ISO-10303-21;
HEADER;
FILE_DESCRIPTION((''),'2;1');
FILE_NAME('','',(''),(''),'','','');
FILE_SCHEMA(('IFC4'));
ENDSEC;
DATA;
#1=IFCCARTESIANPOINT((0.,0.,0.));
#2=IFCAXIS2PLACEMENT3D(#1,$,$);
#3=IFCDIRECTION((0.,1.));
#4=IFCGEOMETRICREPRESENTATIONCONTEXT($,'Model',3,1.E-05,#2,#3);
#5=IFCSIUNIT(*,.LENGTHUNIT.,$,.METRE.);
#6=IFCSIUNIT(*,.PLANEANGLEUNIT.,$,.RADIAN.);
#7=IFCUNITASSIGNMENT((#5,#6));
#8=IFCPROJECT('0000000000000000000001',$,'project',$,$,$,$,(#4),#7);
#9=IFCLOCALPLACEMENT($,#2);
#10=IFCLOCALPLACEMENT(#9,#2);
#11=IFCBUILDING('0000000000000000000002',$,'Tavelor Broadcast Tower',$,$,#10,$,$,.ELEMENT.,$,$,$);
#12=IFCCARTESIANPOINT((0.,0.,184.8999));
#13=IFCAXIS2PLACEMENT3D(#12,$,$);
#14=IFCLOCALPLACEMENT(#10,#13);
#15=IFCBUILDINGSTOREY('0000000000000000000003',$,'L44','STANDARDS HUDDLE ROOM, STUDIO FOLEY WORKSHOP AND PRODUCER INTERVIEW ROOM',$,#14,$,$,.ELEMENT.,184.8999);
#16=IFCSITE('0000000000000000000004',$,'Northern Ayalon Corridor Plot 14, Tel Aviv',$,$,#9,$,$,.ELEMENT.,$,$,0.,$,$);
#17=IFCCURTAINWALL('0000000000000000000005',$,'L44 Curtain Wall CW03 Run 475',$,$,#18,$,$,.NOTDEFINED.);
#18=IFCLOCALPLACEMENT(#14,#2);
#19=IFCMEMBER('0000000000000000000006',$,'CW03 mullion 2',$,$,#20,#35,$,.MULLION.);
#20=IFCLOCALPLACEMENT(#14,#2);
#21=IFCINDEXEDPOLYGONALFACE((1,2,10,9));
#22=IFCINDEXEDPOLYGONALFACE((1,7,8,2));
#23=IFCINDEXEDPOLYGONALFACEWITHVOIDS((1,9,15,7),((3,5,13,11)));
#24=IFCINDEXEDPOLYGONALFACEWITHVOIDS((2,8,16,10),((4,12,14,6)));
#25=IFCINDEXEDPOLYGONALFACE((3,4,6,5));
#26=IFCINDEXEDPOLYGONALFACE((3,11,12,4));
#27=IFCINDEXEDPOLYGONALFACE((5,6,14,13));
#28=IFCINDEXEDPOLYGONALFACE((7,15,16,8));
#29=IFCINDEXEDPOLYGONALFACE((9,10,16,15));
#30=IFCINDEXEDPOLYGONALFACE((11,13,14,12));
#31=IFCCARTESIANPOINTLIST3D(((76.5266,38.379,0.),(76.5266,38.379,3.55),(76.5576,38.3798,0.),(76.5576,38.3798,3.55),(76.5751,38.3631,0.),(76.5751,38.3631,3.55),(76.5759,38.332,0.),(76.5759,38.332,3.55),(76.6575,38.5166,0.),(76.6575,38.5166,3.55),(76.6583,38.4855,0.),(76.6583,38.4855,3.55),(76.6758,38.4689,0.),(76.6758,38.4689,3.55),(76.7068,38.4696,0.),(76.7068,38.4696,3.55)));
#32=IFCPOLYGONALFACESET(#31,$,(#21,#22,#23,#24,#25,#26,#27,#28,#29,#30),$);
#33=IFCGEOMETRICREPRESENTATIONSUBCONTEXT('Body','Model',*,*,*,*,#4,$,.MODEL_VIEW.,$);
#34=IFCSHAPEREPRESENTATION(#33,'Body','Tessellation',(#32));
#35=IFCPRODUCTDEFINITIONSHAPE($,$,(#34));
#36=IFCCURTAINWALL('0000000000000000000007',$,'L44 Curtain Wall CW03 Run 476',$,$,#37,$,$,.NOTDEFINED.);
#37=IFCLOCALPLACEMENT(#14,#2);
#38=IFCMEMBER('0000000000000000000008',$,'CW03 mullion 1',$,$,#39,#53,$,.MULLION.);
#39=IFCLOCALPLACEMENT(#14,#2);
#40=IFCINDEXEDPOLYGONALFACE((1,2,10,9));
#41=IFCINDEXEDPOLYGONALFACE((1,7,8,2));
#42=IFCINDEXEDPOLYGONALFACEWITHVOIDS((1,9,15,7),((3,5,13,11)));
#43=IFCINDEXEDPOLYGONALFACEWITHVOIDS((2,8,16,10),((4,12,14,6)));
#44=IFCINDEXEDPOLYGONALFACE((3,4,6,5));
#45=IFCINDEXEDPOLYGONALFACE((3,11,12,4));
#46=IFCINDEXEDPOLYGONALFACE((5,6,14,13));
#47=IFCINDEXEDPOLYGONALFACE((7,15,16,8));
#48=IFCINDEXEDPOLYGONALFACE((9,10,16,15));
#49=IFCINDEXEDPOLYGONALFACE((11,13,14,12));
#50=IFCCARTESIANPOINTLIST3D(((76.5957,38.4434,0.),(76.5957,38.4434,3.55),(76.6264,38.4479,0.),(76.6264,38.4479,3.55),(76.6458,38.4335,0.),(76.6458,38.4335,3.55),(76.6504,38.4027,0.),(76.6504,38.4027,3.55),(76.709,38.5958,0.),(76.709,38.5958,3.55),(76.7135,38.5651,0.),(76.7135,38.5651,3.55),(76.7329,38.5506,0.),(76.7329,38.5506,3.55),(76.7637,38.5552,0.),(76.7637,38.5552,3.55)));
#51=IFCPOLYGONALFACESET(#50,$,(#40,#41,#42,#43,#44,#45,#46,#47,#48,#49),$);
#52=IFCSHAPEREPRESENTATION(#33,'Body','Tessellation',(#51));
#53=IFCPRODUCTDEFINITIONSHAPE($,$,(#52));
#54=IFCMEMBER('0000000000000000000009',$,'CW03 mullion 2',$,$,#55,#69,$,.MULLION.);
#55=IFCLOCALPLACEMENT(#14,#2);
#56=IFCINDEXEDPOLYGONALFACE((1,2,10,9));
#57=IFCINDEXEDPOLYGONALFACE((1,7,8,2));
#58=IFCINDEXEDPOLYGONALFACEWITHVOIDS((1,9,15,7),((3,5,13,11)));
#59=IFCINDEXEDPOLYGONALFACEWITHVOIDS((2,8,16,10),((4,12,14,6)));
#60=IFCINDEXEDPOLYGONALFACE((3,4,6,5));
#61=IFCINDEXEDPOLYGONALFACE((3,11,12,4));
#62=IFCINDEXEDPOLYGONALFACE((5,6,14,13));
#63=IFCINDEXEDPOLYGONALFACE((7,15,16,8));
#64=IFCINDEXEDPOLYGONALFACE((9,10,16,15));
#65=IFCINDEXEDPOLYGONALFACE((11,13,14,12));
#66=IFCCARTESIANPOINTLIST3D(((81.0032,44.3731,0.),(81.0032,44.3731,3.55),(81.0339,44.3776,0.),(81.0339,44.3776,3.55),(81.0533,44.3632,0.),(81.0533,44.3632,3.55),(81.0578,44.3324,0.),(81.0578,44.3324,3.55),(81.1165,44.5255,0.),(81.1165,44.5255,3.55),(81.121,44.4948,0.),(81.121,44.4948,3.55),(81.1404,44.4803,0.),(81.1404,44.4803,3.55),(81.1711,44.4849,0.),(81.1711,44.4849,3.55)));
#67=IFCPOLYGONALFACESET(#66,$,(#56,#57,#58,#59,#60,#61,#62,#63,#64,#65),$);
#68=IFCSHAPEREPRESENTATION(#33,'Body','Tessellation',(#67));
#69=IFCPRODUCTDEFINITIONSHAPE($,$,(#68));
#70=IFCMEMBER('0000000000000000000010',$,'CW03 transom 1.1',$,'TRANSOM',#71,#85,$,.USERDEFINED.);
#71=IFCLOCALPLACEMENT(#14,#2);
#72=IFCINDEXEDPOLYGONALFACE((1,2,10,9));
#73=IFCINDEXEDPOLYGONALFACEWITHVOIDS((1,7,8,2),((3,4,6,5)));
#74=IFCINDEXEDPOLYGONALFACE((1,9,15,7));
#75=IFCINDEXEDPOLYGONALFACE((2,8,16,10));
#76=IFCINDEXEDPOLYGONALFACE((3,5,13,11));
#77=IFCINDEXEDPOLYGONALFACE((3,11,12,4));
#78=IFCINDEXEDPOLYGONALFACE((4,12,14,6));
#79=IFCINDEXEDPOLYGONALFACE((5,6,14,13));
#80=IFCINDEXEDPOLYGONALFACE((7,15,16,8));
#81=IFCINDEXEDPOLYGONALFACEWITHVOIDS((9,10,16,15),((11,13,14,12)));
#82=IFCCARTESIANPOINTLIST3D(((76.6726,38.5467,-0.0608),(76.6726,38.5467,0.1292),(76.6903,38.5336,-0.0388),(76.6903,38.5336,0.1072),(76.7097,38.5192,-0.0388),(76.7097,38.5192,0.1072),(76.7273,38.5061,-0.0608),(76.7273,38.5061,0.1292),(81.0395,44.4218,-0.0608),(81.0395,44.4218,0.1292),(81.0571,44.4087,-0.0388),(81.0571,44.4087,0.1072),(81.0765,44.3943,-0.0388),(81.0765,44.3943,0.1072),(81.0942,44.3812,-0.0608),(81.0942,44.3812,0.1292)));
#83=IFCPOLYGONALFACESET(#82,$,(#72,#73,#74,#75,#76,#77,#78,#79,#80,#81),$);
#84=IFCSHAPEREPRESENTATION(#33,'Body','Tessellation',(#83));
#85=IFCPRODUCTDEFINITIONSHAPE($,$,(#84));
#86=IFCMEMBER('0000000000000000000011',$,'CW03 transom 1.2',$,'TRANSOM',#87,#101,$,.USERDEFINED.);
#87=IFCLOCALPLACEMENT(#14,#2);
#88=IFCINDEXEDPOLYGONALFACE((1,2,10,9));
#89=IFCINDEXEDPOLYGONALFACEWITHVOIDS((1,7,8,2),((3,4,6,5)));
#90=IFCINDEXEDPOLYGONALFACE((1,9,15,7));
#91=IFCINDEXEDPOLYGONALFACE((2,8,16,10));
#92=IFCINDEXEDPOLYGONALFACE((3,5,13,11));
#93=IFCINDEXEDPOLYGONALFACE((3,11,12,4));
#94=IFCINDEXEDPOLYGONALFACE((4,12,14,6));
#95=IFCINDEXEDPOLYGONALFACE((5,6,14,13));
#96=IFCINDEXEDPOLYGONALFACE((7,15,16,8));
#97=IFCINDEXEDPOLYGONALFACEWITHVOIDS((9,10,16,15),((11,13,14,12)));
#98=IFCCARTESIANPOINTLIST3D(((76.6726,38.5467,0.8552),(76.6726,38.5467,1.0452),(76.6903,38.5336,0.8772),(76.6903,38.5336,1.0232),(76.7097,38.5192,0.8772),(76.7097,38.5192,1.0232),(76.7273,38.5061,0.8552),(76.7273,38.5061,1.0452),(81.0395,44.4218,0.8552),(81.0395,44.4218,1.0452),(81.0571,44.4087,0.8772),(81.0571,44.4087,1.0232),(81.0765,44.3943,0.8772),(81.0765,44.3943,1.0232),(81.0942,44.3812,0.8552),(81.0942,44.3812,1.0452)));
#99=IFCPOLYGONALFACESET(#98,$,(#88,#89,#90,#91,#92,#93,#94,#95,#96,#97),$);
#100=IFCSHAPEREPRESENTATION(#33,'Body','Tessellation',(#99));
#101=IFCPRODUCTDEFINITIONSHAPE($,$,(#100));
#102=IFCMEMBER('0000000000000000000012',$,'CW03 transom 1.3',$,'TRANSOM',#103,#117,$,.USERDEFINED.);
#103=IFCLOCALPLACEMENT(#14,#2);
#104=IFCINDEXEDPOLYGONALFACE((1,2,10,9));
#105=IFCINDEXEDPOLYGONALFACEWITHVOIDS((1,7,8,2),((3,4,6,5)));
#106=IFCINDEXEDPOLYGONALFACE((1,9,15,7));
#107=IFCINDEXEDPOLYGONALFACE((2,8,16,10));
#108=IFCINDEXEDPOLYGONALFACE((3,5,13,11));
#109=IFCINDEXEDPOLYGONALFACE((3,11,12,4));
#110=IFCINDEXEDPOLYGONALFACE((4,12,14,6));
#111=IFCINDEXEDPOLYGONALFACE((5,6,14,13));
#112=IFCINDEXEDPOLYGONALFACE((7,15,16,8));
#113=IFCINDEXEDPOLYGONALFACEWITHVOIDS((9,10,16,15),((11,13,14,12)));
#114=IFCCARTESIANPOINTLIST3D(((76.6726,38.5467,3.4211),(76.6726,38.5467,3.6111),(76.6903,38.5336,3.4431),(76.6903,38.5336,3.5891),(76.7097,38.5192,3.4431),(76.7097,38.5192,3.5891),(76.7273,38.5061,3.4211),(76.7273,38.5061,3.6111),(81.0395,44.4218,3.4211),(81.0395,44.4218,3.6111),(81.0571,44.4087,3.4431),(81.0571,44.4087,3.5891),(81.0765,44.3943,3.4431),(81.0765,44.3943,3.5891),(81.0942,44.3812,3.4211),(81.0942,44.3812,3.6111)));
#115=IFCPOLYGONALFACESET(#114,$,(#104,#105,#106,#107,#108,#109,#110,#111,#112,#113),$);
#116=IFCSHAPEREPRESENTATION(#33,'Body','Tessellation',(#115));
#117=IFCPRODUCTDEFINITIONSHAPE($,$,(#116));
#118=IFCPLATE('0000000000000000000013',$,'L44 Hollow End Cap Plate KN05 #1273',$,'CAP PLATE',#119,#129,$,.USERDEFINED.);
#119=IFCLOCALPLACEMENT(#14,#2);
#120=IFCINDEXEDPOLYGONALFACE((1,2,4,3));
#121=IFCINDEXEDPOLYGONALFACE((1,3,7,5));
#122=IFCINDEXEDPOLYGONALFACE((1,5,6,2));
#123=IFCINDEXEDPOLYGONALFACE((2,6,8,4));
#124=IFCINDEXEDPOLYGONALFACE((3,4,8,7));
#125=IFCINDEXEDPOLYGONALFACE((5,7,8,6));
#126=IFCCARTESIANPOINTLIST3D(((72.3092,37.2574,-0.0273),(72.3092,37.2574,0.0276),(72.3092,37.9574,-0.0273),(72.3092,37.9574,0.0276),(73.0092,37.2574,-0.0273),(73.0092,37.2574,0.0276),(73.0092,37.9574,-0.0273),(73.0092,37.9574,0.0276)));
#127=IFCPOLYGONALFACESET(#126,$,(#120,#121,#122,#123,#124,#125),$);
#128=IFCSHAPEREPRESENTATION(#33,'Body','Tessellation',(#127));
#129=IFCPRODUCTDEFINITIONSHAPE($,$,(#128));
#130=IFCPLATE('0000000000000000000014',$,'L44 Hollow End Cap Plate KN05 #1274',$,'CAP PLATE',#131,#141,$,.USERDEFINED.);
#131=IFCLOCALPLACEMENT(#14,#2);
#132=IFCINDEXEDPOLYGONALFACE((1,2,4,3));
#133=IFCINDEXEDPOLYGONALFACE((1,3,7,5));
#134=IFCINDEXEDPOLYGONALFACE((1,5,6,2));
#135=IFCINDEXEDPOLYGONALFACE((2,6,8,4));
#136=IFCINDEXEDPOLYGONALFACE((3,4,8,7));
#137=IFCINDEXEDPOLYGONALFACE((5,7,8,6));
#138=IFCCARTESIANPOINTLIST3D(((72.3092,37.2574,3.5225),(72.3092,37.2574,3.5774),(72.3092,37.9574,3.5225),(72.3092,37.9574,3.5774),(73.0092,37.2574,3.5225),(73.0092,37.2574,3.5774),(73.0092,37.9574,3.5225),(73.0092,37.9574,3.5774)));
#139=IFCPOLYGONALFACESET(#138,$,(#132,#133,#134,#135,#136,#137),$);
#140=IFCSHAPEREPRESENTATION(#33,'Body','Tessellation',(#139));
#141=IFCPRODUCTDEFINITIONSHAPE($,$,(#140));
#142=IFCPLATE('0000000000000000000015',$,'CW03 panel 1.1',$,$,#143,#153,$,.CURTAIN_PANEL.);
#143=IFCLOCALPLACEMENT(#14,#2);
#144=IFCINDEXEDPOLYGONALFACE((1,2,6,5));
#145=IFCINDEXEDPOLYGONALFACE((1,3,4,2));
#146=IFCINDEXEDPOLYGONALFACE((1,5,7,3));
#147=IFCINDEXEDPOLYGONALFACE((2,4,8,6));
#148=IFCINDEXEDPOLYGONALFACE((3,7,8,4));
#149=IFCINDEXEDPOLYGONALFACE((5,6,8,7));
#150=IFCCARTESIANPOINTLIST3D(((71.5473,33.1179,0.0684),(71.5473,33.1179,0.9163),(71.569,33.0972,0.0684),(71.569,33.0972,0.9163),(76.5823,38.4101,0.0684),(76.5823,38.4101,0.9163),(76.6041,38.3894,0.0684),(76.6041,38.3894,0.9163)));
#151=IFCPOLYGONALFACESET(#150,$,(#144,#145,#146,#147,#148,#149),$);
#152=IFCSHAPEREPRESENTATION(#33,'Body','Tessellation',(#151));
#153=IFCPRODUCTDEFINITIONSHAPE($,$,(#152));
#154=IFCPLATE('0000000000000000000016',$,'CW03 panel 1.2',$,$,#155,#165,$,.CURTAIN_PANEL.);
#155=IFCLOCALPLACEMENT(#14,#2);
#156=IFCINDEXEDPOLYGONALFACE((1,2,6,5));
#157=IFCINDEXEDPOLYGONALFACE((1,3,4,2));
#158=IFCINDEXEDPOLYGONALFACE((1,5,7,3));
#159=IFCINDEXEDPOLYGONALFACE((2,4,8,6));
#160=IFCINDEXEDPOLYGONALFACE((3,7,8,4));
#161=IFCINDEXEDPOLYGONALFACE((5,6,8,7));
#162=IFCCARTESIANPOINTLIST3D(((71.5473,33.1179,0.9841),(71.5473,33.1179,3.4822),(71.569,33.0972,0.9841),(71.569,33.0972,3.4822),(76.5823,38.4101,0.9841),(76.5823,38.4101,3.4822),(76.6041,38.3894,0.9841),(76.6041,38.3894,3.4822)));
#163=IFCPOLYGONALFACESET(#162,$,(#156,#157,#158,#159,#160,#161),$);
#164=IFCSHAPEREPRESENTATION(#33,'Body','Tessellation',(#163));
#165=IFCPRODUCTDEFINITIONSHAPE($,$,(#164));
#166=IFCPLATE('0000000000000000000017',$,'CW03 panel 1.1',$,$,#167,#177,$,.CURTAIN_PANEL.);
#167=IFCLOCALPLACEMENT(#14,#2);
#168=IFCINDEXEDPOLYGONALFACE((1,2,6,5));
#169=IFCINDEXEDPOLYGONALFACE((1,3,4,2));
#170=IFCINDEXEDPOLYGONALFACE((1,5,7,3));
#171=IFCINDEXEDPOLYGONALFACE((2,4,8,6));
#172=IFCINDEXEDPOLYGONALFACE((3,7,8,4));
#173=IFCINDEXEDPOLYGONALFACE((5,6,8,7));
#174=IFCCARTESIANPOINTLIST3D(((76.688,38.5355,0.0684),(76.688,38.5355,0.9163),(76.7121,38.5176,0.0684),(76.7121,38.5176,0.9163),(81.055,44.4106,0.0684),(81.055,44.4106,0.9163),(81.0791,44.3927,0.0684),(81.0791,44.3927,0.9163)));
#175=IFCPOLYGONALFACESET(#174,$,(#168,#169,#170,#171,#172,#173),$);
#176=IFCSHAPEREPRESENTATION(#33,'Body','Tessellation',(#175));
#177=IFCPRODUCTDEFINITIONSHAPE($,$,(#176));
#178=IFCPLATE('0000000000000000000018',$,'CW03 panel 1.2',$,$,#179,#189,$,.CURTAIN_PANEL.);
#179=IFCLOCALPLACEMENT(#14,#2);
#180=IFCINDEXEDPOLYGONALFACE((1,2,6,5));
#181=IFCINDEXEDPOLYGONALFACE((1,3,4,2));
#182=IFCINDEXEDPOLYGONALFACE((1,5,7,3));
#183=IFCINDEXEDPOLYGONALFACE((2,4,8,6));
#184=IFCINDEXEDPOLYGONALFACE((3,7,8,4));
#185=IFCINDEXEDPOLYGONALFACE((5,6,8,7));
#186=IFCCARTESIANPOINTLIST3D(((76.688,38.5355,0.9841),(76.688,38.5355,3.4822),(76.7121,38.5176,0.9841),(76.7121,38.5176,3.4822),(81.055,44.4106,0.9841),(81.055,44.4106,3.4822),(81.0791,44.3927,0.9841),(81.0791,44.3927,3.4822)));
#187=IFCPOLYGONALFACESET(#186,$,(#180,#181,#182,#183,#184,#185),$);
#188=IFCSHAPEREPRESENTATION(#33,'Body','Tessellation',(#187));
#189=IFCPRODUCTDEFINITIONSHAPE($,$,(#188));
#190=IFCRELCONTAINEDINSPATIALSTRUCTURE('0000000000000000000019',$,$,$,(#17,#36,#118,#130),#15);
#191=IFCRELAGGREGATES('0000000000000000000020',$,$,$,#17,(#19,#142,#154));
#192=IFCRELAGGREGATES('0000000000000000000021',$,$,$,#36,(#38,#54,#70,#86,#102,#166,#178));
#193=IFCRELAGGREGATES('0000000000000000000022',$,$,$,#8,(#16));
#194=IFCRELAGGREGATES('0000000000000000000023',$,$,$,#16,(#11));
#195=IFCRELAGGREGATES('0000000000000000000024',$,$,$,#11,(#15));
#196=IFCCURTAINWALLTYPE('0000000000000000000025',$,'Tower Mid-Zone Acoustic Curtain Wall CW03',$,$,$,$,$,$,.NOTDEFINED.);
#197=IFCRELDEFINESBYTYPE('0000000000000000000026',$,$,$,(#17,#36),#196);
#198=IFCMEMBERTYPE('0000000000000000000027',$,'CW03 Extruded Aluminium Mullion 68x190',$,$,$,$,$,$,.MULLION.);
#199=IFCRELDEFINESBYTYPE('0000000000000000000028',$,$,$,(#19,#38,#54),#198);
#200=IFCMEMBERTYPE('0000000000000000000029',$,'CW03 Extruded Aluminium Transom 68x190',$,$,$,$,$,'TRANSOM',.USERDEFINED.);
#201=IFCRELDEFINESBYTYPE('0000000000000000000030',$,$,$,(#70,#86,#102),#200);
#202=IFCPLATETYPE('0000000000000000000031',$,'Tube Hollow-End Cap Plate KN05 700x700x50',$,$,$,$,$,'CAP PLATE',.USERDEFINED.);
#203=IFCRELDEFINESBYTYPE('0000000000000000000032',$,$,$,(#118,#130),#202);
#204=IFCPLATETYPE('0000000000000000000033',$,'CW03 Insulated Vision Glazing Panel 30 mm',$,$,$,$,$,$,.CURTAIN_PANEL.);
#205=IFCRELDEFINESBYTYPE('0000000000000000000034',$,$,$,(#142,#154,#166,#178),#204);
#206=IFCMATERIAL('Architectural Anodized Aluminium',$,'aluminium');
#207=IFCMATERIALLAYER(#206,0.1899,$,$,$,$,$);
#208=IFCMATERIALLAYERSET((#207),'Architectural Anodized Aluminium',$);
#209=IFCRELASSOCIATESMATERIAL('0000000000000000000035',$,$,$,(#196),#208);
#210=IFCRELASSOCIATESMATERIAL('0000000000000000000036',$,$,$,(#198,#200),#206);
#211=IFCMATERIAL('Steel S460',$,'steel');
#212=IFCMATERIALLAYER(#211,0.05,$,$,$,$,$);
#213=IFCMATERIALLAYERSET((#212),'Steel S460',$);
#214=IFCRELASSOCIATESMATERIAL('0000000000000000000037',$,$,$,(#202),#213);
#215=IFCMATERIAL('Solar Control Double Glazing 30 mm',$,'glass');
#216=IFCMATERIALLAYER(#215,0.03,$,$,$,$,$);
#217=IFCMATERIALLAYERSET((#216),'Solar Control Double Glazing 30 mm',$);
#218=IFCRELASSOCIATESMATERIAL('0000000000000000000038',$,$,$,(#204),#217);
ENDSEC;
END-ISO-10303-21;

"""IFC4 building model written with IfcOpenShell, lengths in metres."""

from ifc_helpers import new_model, si_unit, direction, frame, origin, origin_2d, place, context, subcontext, project, spatial, rectangle, hollow_rectangle, extrude, source, transform, mapped, material, layer, layer_set, material_profile, profile_set, type_object, type_shapes, element, aggregate, save


model = new_model("IFC4")

# Units and contexts
model_context = context("Model", 3, precision=1e-05, world=origin(), true_north=direction((0.0, 1.0)))
body_context = subcontext(model_context, "Body", "Model", "MODEL_VIEW")
ifc_project = project(units=[si_unit("LENGTHUNIT", "METRE"), si_unit("PLANEANGLEUNIT", "RADIAN")], contexts=[model_context])

# Site, building, storey
site_placement = place(None, origin())
site = spatial("IfcSite", under=ifc_project, at=site_placement, Name="Northern Ayalon Corridor Plot 14, Tel Aviv", CompositionType="ELEMENT", RefElevation=0.0)
building_placement = place(site_placement, origin())
building = spatial("IfcBuilding", under=site, at=building_placement, Name="Tavelor Broadcast Tower", CompositionType="ELEMENT")
storey_placement = place(building_placement, frame((0.0, 0.0, 184.8999)))
storey = spatial("IfcBuildingStorey", under=building, at=storey_placement, Name="L44", Description="STANDARDS HUDDLE ROOM, STUDIO FOLEY WORKSHOP AND PRODUCER INTERVIEW ROOM", CompositionType="ELEMENT", Elevation=184.8999)

# Shared definitions
ifc_material_1 = material(Name="Steel S460", Category="steel")

# Curtain wall, member
ifc_material_2 = material(Name="Architectural Anodized Aluminium", Category="aluminium")
ifc_layer_1 = layer(ifc_material_2, 0.1899)
ifc_layer_set_1 = layer_set([ifc_layer_1], Name="Architectural Anodized Aluminium")
curtain_wall_type = type_object("IfcCurtainWallType", Name="Tower Mid-Zone Acoustic Curtain Wall CW03", PredefinedType="NOTDEFINED", material=ifc_layer_set_1)
curtain_wall_1_placement = place(storey_placement, origin())
curtain_wall_1 = element("IfcCurtainWall", 1, at=curtain_wall_1_placement, inside=storey, type_object=curtain_wall_type, Name="L44 Curtain Wall CW03 Run 475", PredefinedType="NOTDEFINED")
ifc_material_profile_1 = material_profile(ifc_material_2, hollow_rectangle(XDim=0.0681, YDim=0.1899, WallThickness=0.022, at=origin_2d()), Name="RHS 68x190x22")
ifc_profile_set_1 = profile_set([ifc_material_profile_1], Name="Architectural Anodized Aluminium")
member_type_1 = type_object("IfcMemberType", Name="CW03 Extruded Aluminium Mullion 68x190", PredefinedType="MULLION", material=ifc_profile_set_1)
shared_shape_1 = source(origin(), body_context, "Body", "SweptSolid", [
    extrude(hollow_rectangle(XDim=0.0681, YDim=0.1899, WallThickness=0.022, at=origin_2d()), origin(), (0.0, 0.0, 1.0), 3.55),
])
type_shapes(member_type_1, [shared_shape_1])
member_1_placement = place(storey_placement, frame((76.6167, 38.4243, 0.0), z_axis=(0.0, 0.0, 1.0), x_axis=(-0.724487, 0.689288, 0.0)))
member_1 = element("IfcMember", 2, at=member_1_placement, type_object=member_type_1, Name="CW03 mullion 2", PredefinedType="MULLION", context=body_context, shape_type="MappedRepresentation", body=[
    mapped(shared_shape_1, transform((0.0, 0.0, 0.0), scale=1.0)),
])

# Curtain wall, members
curtain_wall_2_placement = place(storey_placement, origin())
curtain_wall_2 = element("IfcCurtainWall", 3, at=curtain_wall_2_placement, inside=storey, type_object=curtain_wall_type, Name="L44 Curtain Wall CW03 Run 476", PredefinedType="NOTDEFINED")
member_2_placement = place(storey_placement, frame((76.6797, 38.4993, 0.0), z_axis=(0.0, 0.0, 1.0), x_axis=(-0.802576, 0.59655, 0.0)))
member_2 = element("IfcMember", 4, at=member_2_placement, type_object=member_type_1, Name="CW03 mullion 1", PredefinedType="MULLION", context=body_context, shape_type="MappedRepresentation", body=[
    mapped(shared_shape_1, transform((0.0, 0.0, 0.0), scale=1.0)),
])
member_3_placement = place(storey_placement, frame((81.0872, 44.429, 0.0), z_axis=(0.0, 0.0, 1.0), x_axis=(-0.802576, 0.59655, 0.0)))
member_3 = element("IfcMember", 5, at=member_3_placement, type_object=member_type_1, Name="CW03 mullion 2", PredefinedType="MULLION", context=body_context, shape_type="MappedRepresentation", body=[
    mapped(shared_shape_1, transform((0.0, 0.0, 0.0), scale=1.0)),
])
ifc_material_profile_2 = material_profile(ifc_material_2, hollow_rectangle(XDim=0.0681, YDim=0.1899, WallThickness=0.022, at=origin_2d()), Name="RHS 68x190x22")
ifc_profile_set_2 = profile_set([ifc_material_profile_2], Name="Architectural Anodized Aluminium")
member_type_2 = type_object("IfcMemberType", Name="CW03 Extruded Aluminium Transom 68x190", ElementType="TRANSOM", PredefinedType="USERDEFINED", material=ifc_profile_set_2)
shared_shape_2 = source(origin(), body_context, "Body", "SweptSolid", [
    extrude(hollow_rectangle(XDim=0.0681, YDim=0.1899, WallThickness=0.022, at=origin_2d()), origin(), (0.0, 0.0, 1.0), 7.3203),
])
type_shapes(member_type_2, [shared_shape_2])
member_4_placement = place(storey_placement, frame((76.7, 38.5264, 0.0342), z_axis=(0.596542, 0.802582, 0.0), x_axis=(-0.802582, 0.596542, 0.0)))
member_4 = element("IfcMember", 6, at=member_4_placement, type_object=member_type_2, Name="CW03 transom 1.1", ObjectType="TRANSOM", PredefinedType="USERDEFINED", context=body_context, shape_type="MappedRepresentation", body=[
    mapped(shared_shape_2, transform((0.0, 0.0, 0.0), scale=1.0)),
])
member_5_placement = place(storey_placement, frame((76.7, 38.5264, 0.9502), z_axis=(0.596542, 0.802582, 0.0), x_axis=(-0.802582, 0.596542, 0.0)))
member_5 = element("IfcMember", 7, at=member_5_placement, type_object=member_type_2, Name="CW03 transom 1.2", ObjectType="TRANSOM", PredefinedType="USERDEFINED", context=body_context, shape_type="MappedRepresentation", body=[
    mapped(shared_shape_2, transform((0.0, 0.0, 0.0), scale=1.0)),
])
member_6_placement = place(storey_placement, frame((76.7, 38.5264, 3.5161), z_axis=(0.596542, 0.802582, 0.0), x_axis=(-0.802582, 0.596542, 0.0)))
member_6 = element("IfcMember", 8, at=member_6_placement, type_object=member_type_2, Name="CW03 transom 1.3", ObjectType="TRANSOM", PredefinedType="USERDEFINED", context=body_context, shape_type="MappedRepresentation", body=[
    mapped(shared_shape_2, transform((0.0, 0.0, 0.0), scale=1.0)),
])

# Plates
ifc_layer_2 = layer(ifc_material_1, 0.05)
ifc_layer_set_2 = layer_set([ifc_layer_2], Name="Steel S460")
plate_type_1 = type_object("IfcPlateType", Name="Tube Hollow-End Cap Plate KN05 700x700x50", ElementType="CAP PLATE", PredefinedType="USERDEFINED", material=ifc_layer_set_2)
shared_shape_3 = source(origin(), body_context, "Body", "SweptSolid", [
    extrude(rectangle(XDim=0.7, YDim=0.7, at=origin_2d()), origin(), (0.0, 0.0, 1.0), 0.0549),
])
type_shapes(plate_type_1, [shared_shape_3])
for number, where, z_axis, x_axis, name in (
    (9, (72.6592, 37.6074, -0.0273), (0.0, 0.0, 1.0), (1.0, 0.0, 0.0), "L44 Hollow End Cap Plate KN05 #1273"),
    (10, (72.6592, 37.6074, 3.5225), (0.0, 0.0, 1.0), (1.0, 0.0, 0.0), "L44 Hollow End Cap Plate KN05 #1274"),
):
    element("IfcPlate", number, at=place(storey_placement, frame(where, z_axis=z_axis, x_axis=x_axis)), inside=storey, type_object=plate_type_1, Name=name, ObjectType="CAP PLATE", PredefinedType="USERDEFINED", context=body_context, shape_type="MappedRepresentation", body=[
        mapped(shared_shape_3, transform((0.0, 0.0, 0.0), scale=1.0)),
    ])

# Plates
ifc_material_3 = material(Name="Solar Control Double Glazing 30 mm", Category="glass")
ifc_layer_3 = layer(ifc_material_3, 0.03)
ifc_layer_set_3 = layer_set([ifc_layer_3], Name="Solar Control Double Glazing 30 mm")
plate_type_2 = type_object("IfcPlateType", Name="CW03 Insulated Vision Glazing Panel 30 mm", PredefinedType="CURTAIN_PANEL", material=ifc_layer_set_3)
shared_shape_4 = source(origin(), body_context, "Body", "SweptSolid", [
    extrude(rectangle(XDim=7.3047, YDim=0.03, at=origin_2d()), origin(), (0.0, 0.0, 1.0), 0.8479),
])
plate_1_placement = place(storey_placement, frame((74.0757, 35.7537, 0.0684), z_axis=(0.0, 0.0, 1.0), x_axis=(0.689288, 0.724487, 0.0)))
plate_1 = element("IfcPlate", 11, at=plate_1_placement, type_object=plate_type_2, Name="CW03 panel 1.1", PredefinedType="CURTAIN_PANEL", context=body_context, shape_type="MappedRepresentation", body=[
    mapped(shared_shape_4, transform((0.0, 0.0, 0.0), scale=1.0)),
])
shared_shape_5 = source(origin(), body_context, "Body", "SweptSolid", [
    extrude(rectangle(XDim=7.3047, YDim=0.03, at=origin_2d()), origin(), (0.0, 0.0, 1.0), 2.498),
])
plate_2_placement = place(storey_placement, frame((74.0757, 35.7537, 0.9841), z_axis=(0.0, 0.0, 1.0), x_axis=(0.689288, 0.724487, 0.0)))
plate_2 = element("IfcPlate", 12, at=plate_2_placement, type_object=plate_type_2, Name="CW03 panel 1.2", PredefinedType="CURTAIN_PANEL", context=body_context, shape_type="MappedRepresentation", body=[
    mapped(shared_shape_5, transform((0.0, 0.0, 0.0), scale=1.0)),
])
aggregate(curtain_wall_1, [member_1, plate_1, plate_2])
shared_shape_6 = source(origin(), body_context, "Body", "SweptSolid", [
    extrude(rectangle(XDim=7.3203, YDim=0.03, at=origin_2d()), origin(), (0.0, 0.0, 1.0), 0.8479),
])
plate_3_placement = place(storey_placement, frame((78.8835, 41.4641, 0.0684), z_axis=(0.0, 0.0, 1.0), x_axis=(0.59655, 0.802576, 0.0)))
plate_3 = element("IfcPlate", 13, at=plate_3_placement, type_object=plate_type_2, Name="CW03 panel 1.1", PredefinedType="CURTAIN_PANEL", context=body_context, shape_type="MappedRepresentation", body=[
    mapped(shared_shape_6, transform((0.0, 0.0, 0.0), scale=1.0)),
])
shared_shape_7 = source(origin(), body_context, "Body", "SweptSolid", [
    extrude(rectangle(XDim=7.3203, YDim=0.03, at=origin_2d()), origin(), (0.0, 0.0, 1.0), 2.498),
])
type_shapes(plate_type_2, [shared_shape_4, shared_shape_5, shared_shape_6, shared_shape_7])
plate_4_placement = place(storey_placement, frame((78.8835, 41.4641, 0.9841), z_axis=(0.0, 0.0, 1.0), x_axis=(0.59655, 0.802576, 0.0)))
plate_4 = element("IfcPlate", 14, at=plate_4_placement, type_object=plate_type_2, Name="CW03 panel 1.2", PredefinedType="CURTAIN_PANEL", context=body_context, shape_type="MappedRepresentation", body=[
    mapped(shared_shape_7, transform((0.0, 0.0, 0.0), scale=1.0)),
])
aggregate(curtain_wall_2, [member_2, member_3, member_4, member_5, member_6, plate_3, plate_4])

save(model, "model.ifc")
